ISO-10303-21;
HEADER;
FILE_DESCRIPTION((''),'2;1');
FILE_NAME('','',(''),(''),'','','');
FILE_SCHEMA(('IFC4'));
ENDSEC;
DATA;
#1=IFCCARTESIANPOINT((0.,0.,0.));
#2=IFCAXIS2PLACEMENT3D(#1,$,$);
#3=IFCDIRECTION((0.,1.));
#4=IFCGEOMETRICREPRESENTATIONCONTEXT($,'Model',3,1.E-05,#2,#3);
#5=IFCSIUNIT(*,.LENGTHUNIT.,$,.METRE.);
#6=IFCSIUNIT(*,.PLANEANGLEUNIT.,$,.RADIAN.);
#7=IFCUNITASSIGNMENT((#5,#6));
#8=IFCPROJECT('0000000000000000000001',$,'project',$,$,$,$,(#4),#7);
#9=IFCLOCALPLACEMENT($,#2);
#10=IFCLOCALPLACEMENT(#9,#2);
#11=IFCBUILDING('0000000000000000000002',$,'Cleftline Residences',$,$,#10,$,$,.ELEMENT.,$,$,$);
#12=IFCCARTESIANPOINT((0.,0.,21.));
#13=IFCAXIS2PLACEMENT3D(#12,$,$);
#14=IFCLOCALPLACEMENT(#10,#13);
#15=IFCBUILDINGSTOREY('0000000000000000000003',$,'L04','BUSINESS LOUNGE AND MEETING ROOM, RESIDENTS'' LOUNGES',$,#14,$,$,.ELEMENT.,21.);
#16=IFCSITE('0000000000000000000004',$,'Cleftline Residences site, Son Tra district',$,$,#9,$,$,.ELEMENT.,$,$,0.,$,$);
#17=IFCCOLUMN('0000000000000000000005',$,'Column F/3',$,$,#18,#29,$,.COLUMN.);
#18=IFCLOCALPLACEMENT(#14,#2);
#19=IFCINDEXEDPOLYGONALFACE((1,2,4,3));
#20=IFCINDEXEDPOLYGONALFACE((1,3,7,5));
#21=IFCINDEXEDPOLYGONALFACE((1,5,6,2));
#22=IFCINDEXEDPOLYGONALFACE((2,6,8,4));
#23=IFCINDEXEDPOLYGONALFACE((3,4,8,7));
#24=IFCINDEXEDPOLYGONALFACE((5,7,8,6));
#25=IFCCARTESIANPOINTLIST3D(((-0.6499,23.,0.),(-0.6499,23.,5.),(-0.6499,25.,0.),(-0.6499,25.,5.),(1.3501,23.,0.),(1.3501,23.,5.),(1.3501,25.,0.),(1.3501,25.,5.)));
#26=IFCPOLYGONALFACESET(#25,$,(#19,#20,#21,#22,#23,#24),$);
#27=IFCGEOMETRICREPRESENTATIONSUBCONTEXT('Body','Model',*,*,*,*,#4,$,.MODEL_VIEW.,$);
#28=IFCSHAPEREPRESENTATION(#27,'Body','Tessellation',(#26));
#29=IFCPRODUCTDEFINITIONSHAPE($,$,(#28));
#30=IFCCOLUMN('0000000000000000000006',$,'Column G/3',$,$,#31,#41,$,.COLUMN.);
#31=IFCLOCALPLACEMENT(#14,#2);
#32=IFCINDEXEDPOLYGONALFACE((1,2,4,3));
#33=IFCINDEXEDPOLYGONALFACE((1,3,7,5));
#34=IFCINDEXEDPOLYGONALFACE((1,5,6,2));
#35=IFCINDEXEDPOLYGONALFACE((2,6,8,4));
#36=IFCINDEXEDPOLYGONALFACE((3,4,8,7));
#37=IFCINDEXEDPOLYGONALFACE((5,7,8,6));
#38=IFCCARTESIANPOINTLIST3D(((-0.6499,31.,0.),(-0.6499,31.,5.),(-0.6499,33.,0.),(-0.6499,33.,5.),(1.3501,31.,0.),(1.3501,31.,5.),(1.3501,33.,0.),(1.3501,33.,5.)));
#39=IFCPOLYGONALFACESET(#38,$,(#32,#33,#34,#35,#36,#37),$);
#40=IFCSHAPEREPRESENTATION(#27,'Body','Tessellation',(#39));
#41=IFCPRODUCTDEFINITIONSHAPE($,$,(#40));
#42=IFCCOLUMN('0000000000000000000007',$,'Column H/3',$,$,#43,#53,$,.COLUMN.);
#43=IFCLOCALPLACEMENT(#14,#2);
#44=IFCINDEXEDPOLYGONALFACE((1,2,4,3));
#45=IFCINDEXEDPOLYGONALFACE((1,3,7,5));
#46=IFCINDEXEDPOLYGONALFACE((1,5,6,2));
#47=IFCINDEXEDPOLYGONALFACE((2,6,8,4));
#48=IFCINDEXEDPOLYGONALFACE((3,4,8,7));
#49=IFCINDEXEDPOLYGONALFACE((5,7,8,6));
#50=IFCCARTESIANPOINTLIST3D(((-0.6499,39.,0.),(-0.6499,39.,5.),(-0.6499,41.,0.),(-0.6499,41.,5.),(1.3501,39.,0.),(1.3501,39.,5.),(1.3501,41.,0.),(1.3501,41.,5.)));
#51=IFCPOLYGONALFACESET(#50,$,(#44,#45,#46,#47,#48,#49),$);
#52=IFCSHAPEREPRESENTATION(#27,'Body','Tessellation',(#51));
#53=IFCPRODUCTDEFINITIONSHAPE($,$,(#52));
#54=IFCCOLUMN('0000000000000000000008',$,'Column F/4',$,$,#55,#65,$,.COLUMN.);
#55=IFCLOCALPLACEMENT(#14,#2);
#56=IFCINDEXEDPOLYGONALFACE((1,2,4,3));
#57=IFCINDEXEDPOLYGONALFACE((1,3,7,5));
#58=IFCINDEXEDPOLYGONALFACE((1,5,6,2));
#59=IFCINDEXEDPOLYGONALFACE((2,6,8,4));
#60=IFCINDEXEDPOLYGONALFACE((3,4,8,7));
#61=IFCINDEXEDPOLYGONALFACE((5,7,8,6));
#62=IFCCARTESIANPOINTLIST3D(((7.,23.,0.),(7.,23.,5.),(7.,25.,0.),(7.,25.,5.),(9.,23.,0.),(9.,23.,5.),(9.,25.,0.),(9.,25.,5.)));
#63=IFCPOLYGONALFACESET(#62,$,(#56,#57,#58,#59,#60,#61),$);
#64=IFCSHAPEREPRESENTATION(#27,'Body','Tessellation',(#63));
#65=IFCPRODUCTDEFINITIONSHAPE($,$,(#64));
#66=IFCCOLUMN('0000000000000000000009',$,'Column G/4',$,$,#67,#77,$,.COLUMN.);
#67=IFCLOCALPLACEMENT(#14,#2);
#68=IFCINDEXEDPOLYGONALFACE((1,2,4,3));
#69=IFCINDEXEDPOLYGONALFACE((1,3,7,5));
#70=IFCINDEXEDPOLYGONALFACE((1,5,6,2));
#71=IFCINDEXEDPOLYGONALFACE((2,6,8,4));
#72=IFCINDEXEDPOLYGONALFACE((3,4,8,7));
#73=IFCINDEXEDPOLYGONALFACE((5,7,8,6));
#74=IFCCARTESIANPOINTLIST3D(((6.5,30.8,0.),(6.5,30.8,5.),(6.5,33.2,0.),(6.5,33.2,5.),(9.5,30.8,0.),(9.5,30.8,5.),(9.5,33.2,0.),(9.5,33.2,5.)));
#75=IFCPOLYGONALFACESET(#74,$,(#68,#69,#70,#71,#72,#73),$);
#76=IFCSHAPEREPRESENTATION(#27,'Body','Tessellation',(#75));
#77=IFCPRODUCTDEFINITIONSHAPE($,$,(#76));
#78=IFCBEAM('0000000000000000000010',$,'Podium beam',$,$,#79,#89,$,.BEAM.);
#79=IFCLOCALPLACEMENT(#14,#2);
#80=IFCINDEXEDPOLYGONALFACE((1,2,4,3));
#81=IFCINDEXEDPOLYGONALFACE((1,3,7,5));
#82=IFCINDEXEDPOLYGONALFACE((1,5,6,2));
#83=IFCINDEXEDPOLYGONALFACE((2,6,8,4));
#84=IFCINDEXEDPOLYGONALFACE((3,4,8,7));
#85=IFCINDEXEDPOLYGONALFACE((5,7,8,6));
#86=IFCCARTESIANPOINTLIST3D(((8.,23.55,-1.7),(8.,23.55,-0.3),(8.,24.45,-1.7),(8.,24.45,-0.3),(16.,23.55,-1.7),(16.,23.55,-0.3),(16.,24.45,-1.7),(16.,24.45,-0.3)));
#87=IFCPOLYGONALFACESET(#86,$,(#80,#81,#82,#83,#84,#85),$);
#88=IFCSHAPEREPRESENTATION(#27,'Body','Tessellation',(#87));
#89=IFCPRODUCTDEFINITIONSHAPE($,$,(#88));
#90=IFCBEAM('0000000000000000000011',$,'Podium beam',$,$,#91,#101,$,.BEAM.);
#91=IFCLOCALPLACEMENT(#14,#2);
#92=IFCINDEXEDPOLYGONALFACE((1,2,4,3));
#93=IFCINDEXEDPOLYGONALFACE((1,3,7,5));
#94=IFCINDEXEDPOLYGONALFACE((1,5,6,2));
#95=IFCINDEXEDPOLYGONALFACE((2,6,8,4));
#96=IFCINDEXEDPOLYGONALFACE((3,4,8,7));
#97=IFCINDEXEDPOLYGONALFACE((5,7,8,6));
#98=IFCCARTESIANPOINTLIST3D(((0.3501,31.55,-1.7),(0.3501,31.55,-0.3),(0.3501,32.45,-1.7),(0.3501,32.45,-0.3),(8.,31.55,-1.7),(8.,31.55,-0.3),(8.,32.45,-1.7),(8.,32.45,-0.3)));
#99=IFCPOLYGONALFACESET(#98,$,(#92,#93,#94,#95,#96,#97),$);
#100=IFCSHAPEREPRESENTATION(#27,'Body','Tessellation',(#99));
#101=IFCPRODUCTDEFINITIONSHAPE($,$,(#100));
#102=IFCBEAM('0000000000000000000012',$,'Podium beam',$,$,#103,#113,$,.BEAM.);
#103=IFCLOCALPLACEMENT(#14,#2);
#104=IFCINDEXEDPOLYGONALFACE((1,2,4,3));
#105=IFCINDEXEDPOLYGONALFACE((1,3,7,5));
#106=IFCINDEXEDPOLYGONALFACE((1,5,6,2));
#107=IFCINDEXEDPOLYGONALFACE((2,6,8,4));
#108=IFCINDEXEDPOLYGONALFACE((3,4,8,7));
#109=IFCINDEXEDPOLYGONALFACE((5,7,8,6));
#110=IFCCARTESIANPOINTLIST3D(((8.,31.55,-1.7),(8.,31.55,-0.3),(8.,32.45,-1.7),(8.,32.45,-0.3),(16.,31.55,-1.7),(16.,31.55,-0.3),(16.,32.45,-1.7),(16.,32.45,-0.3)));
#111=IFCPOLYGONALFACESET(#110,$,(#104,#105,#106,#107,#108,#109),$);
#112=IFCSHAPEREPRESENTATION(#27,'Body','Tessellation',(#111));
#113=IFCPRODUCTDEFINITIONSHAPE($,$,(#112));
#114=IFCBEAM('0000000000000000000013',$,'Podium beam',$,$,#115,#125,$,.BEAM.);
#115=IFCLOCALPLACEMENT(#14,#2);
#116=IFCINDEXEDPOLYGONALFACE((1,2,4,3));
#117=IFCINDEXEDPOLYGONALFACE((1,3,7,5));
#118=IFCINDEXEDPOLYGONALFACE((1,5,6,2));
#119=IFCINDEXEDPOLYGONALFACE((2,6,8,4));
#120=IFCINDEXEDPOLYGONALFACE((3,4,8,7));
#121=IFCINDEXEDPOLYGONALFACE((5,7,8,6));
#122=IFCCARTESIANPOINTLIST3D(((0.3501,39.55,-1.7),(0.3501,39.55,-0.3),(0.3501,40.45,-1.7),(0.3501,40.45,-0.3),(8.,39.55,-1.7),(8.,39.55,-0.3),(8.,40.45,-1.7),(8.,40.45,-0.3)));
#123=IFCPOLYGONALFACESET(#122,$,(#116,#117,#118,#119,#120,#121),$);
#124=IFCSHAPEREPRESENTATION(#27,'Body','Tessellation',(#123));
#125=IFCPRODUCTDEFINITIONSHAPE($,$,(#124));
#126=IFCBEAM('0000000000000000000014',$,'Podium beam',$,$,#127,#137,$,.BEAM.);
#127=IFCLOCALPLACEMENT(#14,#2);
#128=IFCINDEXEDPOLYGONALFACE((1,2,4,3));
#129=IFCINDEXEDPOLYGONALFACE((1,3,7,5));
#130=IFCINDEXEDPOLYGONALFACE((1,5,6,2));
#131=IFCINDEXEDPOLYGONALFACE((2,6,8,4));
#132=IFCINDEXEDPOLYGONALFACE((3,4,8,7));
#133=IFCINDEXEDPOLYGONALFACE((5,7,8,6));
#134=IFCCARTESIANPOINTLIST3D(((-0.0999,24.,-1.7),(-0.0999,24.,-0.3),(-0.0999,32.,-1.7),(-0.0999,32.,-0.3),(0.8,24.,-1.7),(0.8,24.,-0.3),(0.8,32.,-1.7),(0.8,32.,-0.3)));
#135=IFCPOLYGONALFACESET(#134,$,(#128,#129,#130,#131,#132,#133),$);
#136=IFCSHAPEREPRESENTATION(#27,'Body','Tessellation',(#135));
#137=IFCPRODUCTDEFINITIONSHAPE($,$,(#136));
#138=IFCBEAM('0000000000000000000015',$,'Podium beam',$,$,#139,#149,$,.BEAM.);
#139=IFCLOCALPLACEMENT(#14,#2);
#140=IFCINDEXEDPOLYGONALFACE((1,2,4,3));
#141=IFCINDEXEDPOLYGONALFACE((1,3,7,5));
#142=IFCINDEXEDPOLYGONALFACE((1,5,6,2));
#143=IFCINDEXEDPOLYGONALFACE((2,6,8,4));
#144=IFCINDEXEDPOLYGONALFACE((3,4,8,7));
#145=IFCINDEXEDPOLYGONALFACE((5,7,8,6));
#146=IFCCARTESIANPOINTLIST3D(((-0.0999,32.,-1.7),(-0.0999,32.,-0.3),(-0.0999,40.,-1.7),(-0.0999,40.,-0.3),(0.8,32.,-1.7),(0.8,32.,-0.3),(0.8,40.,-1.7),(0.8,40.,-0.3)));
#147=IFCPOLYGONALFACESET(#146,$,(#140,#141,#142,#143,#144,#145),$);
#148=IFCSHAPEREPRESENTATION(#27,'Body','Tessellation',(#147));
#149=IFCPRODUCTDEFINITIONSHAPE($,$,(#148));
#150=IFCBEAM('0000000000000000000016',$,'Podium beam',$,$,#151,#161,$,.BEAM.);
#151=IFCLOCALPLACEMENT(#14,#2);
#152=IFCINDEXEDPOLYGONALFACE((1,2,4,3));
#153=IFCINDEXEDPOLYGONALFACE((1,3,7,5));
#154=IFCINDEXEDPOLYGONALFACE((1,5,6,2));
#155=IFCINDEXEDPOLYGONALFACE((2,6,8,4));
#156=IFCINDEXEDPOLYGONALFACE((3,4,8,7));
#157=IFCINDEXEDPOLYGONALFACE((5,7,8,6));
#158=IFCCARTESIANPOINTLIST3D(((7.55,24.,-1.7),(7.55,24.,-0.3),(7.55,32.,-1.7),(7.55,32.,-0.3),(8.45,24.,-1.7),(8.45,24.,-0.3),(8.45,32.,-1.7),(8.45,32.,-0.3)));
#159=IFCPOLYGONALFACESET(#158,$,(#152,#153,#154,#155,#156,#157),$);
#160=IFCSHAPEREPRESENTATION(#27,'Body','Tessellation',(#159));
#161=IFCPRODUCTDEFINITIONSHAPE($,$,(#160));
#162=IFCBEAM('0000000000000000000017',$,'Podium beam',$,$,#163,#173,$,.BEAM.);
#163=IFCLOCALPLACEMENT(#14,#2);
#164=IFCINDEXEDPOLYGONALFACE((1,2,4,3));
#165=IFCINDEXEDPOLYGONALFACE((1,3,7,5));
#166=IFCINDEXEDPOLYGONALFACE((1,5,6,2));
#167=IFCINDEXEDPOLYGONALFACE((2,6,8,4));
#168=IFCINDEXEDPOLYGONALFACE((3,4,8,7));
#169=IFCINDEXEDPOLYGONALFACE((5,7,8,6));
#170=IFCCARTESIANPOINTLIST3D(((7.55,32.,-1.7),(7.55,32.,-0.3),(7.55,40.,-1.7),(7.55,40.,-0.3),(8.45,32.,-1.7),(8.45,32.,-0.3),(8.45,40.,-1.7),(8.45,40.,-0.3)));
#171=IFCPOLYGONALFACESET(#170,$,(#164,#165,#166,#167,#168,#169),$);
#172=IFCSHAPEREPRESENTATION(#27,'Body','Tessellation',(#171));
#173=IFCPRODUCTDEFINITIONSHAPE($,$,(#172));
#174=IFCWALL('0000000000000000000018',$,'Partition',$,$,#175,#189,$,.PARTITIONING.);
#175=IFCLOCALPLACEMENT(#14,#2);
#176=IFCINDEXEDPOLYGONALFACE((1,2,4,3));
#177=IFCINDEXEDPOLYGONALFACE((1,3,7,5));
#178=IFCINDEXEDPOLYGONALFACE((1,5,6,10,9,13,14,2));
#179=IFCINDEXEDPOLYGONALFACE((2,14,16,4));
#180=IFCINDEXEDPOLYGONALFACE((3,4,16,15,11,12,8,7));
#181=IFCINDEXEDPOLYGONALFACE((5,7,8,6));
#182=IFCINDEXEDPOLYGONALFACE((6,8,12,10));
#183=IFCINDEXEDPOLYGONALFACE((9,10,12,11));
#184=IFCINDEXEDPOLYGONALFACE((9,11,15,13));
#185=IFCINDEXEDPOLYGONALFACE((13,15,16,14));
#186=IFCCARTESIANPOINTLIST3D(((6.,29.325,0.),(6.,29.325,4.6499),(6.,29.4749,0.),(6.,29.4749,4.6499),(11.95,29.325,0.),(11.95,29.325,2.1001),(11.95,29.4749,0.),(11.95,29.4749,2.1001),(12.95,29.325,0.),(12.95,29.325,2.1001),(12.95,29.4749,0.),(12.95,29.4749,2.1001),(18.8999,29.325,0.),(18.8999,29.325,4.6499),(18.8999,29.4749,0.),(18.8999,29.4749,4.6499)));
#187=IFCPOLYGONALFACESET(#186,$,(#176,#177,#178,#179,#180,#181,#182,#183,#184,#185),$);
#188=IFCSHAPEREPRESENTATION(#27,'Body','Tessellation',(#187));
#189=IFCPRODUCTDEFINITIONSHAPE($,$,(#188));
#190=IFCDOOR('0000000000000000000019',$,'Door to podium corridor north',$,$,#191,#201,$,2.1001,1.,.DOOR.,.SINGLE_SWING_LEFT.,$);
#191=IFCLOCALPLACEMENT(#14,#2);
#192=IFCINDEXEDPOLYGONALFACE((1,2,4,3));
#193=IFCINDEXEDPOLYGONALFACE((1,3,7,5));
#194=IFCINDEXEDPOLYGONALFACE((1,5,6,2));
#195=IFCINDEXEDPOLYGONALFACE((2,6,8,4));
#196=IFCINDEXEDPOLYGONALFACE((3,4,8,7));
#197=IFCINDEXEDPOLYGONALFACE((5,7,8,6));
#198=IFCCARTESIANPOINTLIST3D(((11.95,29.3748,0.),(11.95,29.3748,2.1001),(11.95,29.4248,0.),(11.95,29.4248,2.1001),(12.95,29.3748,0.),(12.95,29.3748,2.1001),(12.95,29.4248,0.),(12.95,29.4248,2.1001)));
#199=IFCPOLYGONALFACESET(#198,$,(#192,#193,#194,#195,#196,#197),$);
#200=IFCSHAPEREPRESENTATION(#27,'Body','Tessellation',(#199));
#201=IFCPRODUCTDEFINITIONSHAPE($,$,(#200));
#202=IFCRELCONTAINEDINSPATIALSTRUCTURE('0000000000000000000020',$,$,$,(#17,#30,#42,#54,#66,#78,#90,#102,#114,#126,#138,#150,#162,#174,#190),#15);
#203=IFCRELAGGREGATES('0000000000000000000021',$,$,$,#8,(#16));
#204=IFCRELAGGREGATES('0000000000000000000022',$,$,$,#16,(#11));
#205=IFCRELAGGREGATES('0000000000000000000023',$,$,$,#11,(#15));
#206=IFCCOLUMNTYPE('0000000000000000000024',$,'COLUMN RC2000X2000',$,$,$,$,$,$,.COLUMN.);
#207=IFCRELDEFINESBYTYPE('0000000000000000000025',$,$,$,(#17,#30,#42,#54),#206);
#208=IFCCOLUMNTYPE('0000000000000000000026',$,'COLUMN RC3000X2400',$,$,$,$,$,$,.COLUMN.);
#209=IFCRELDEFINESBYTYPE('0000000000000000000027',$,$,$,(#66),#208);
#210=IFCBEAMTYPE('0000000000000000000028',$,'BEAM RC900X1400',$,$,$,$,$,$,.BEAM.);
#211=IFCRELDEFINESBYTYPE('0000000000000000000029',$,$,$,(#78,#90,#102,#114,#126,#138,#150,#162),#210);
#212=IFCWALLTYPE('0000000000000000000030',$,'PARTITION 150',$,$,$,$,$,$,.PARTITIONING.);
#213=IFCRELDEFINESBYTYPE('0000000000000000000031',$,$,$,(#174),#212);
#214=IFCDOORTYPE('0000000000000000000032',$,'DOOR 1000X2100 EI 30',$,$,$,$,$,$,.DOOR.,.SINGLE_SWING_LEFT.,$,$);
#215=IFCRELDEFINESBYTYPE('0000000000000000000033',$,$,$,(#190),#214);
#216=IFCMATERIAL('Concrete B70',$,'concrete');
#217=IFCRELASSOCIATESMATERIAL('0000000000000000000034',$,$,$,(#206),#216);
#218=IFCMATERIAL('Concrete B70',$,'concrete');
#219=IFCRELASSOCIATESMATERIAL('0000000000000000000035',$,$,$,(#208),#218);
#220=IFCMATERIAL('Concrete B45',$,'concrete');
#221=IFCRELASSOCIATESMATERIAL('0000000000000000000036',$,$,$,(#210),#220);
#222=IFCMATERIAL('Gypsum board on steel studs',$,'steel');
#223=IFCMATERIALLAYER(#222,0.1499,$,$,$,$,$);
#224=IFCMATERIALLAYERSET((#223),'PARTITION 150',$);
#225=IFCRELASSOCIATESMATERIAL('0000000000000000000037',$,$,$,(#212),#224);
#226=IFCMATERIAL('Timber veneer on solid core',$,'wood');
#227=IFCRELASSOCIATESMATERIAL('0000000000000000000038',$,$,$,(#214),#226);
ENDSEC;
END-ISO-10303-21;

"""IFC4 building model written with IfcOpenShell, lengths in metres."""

from ifc_helpers import new_model, si_unit, direction, frame, frame_2d, origin, origin_2d, place, context, subcontext, project, spatial, rectangle, extrude, material, layer, layer_set, material_profile, profile_set, type_object, element, fill, save


model = new_model("IFC4")

# Units and contexts
model_context = context("Model", 3, precision=1e-05, world=origin(), true_north=direction((0.0, 1.0)))
body_context = subcontext(model_context, "Body", "Model", "MODEL_VIEW")
ifc_project = project(units=[si_unit("LENGTHUNIT", "METRE"), si_unit("PLANEANGLEUNIT", "RADIAN")], contexts=[model_context])

# Site, building, storey
site_placement = place(None, origin())
site = spatial("IfcSite", under=ifc_project, at=site_placement, Name="Cleftline Residences site, Son Tra district", CompositionType="ELEMENT", RefElevation=0.0)
building_placement = place(site_placement, origin())
building = spatial("IfcBuilding", under=site, at=building_placement, Name="Cleftline Residences", CompositionType="ELEMENT")
storey_placement = place(building_placement, frame((0.0, 0.0, 21.0)))
storey = spatial("IfcBuildingStorey", under=building, at=storey_placement, Name="L04", Description="BUSINESS LOUNGE AND MEETING ROOM, RESIDENTS' LOUNGES", CompositionType="ELEMENT", Elevation=21.0)

# Columns
ifc_material_1 = material(Name="Concrete B70", Category="concrete")
ifc_material_profile_1 = material_profile(ifc_material_1, rectangle(XDim=2.0, YDim=2.0, at=origin_2d()))
ifc_profile_set_1 = profile_set([ifc_material_profile_1], Name="Concrete B70")
column_type_1 = type_object("IfcColumnType", Name="COLUMN RC2000X2000", PredefinedType="COLUMN", material=ifc_profile_set_1)
for number, where, z_axis, x_axis, name in (
    (1, (0.3501, 24.0, 0.0), (0.0, 0.0, 1.0), (1.0, 0.0, 0.0), "Column F/3"),
    (2, (0.3501, 32.0, 0.0), (0.0, 0.0, 1.0), (1.0, 0.0, 0.0), "Column G/3"),
    (3, (0.3501, 40.0, 0.0), (0.0, 0.0, 1.0), (1.0, 0.0, 0.0), "Column H/3"),
    (4, (8.0, 24.0, 0.0), (0.0, 0.0, 1.0), (1.0, 0.0, 0.0), "Column F/4"),
):
    element("IfcColumn", number, at=place(storey_placement, frame(where, z_axis=z_axis, x_axis=x_axis)), inside=storey, type_object=column_type_1, Name=name, PredefinedType="COLUMN", context=body_context, shape_type="SweptSolid", body=[
        extrude(rectangle(XDim=2.0, YDim=2.0, at=origin_2d()), origin(), (0.0, 0.0, 1.0), 5.0),
    ])
ifc_material_2 = material(Name="Concrete B70", Category="concrete")
ifc_material_profile_2 = material_profile(ifc_material_2, rectangle(XDim=3.0, YDim=2.3999, at=origin_2d()))
ifc_profile_set_2 = profile_set([ifc_material_profile_2], Name="Concrete B70")
column_type_2 = type_object("IfcColumnType", Name="COLUMN RC3000X2400", PredefinedType="COLUMN", material=ifc_profile_set_2)
column_placement = place(storey_placement, frame((8.0, 32.0, 0.0), z_axis=(0.0, 0.0, 1.0), x_axis=(1.0, 0.0, 0.0)))
element("IfcColumn", 5, at=column_placement, inside=storey, type_object=column_type_2, Name="Column G/4", PredefinedType="COLUMN", context=body_context, shape_type="SweptSolid", body=[
    extrude(rectangle(XDim=3.0, YDim=2.3999, at=origin_2d()), origin(), (0.0, 0.0, 1.0), 5.0),
])

# Beams
ifc_material_3 = material(Name="Concrete B45", Category="concrete")
ifc_material_profile_3 = material_profile(ifc_material_3, rectangle(XDim=0.8999, YDim=1.3999, at=origin_2d()))
ifc_profile_set_3 = profile_set([ifc_material_profile_3], Name="Concrete B45")
beam_type = type_object("IfcBeamType", Name="BEAM RC900X1400", PredefinedType="BEAM", material=ifc_profile_set_3)
beam_1_placement = place(storey_placement, frame((8.0, 24.0, -1.0), z_axis=(1.0, 0.0, 0.0), x_axis=(0.0, 1.0, 0.0)))
element("IfcBeam", 6, at=beam_1_placement, inside=storey, type_object=beam_type, Name="Podium beam", PredefinedType="BEAM", context=body_context, shape_type="SweptSolid", body=[
    extrude(rectangle(XDim=0.8999, YDim=1.3999, at=origin_2d()), origin(), (0.0, 0.0, 1.0), 8.0),
])
beam_2_placement = place(storey_placement, frame((0.3501, 32.0, -1.0), z_axis=(1.0, 0.0, 0.0), x_axis=(0.0, 1.0, 0.0)))
element("IfcBeam", 7, at=beam_2_placement, inside=storey, type_object=beam_type, Name="Podium beam", PredefinedType="BEAM", context=body_context, shape_type="SweptSolid", body=[
    extrude(rectangle(XDim=0.8999, YDim=1.3999, at=origin_2d()), origin(), (0.0, 0.0, 1.0), 7.6499),
])
beam_3_placement = place(storey_placement, frame((8.0, 32.0, -1.0), z_axis=(1.0, 0.0, 0.0), x_axis=(0.0, 1.0, 0.0)))
element("IfcBeam", 8, at=beam_3_placement, inside=storey, type_object=beam_type, Name="Podium beam", PredefinedType="BEAM", context=body_context, shape_type="SweptSolid", body=[
    extrude(rectangle(XDim=0.8999, YDim=1.3999, at=origin_2d()), origin(), (0.0, 0.0, 1.0), 8.0),
])
beam_4_placement = place(storey_placement, frame((0.3501, 40.0, -1.0), z_axis=(1.0, 0.0, 0.0), x_axis=(0.0, 1.0, 0.0)))
element("IfcBeam", 9, at=beam_4_placement, inside=storey, type_object=beam_type, Name="Podium beam", PredefinedType="BEAM", context=body_context, shape_type="SweptSolid", body=[
    extrude(rectangle(XDim=0.8999, YDim=1.3999, at=origin_2d()), origin(), (0.0, 0.0, 1.0), 7.6499),
])
for number, where, z_axis, x_axis, name in (
    (10, (0.3501, 24.0, -1.0), (0.0, 1.0, 0.0), (-1.0, 0.0, 0.0), "Podium beam"),
    (11, (0.3501, 32.0, -1.0), (0.0, 1.0, 0.0), (-1.0, 0.0, 0.0), "Podium beam"),
    (12, (8.0, 24.0, -1.0), (0.0, 1.0, 0.0), (-1.0, 0.0, 0.0), "Podium beam"),
    (13, (8.0, 32.0, -1.0), (0.0, 1.0, 0.0), (-1.0, 0.0, 0.0), "Podium beam"),
):
    element("IfcBeam", number, at=place(storey_placement, frame(where, z_axis=z_axis, x_axis=x_axis)), inside=storey, type_object=beam_type, Name=name, PredefinedType="BEAM", context=body_context, shape_type="SweptSolid", body=[
        extrude(rectangle(XDim=0.8999, YDim=1.3999, at=origin_2d()), origin(), (0.0, 0.0, 1.0), 8.0),
    ])

# Wall, opening, door
ifc_material_4 = material(Name="Gypsum board on steel studs", Category="steel")
ifc_layer_1 = layer(ifc_material_4, 0.1499)
ifc_layer_set_1 = layer_set([ifc_layer_1], Name="PARTITION 150")
wall_type_1 = type_object("IfcWallType", Name="PARTITION 150", PredefinedType="PARTITIONING", material=ifc_layer_set_1)
wall_1_placement = place(storey_placement, frame((6.0, 29.3999, 0.0), z_axis=(0.0, 0.0, 1.0), x_axis=(1.0, 0.0, 0.0)))
wall_1 = element("IfcWall", 14, at=wall_1_placement, inside=storey, type_object=wall_type_1, Name="Partition", PredefinedType="PARTITIONING", context=body_context, shape_type="SweptSolid", body=[
    extrude(rectangle(XDim=12.8999, YDim=0.1499, at=frame_2d((6.45, 0.0))), origin(), (0.0, 0.0, 1.0), 4.6499),
])
opening_1_placement = place(wall_1_placement, frame((5.95, 0.0, 0.0)))
opening_1 = element("IfcOpeningElement", 15, at=opening_1_placement, cuts=wall_1, PredefinedType="OPENING", context=body_context, shape_type="SweptSolid", body=[
    extrude(rectangle(XDim=1.0, YDim=2.1001, at=frame_2d((0.5, 1.05))), frame((0.0, 0.085, 0.0), z_axis=(0.0, -1.0, 0.0), x_axis=(1.0, 0.0, 0.0)), (0.0, 0.0, 1.0), 0.1699),
])
ifc_material_5 = material(Name="Timber veneer on solid core", Category="wood")
door_type_1 = type_object("IfcDoorType", Name="DOOR 1000X2100 EI 30", OperationType="SINGLE_SWING_LEFT", PredefinedType="DOOR", material=ifc_material_5)
door_1_placement = place(opening_1_placement, origin())
door_1 = element("IfcDoor", 16, at=door_1_placement, inside=storey, type_object=door_type_1, Name="Door to podium corridor north", OperationType="SINGLE_SWING_LEFT", OverallHeight=2.1001, OverallWidth=1.0, PredefinedType="DOOR", context=body_context, shape_type="SweptSolid", body=[
    extrude(rectangle(XDim=1.0, YDim=2.1001, at=frame_2d((0.5, 1.05))), frame((0.0, 0.0249, 0.0), z_axis=(0.0, -1.0, 0.0), x_axis=(1.0, 0.0, 0.0)), (0.0, 0.0, 1.0), 0.05),
])
fill(opening_1, door_1)

save(model, "model.ifc")
